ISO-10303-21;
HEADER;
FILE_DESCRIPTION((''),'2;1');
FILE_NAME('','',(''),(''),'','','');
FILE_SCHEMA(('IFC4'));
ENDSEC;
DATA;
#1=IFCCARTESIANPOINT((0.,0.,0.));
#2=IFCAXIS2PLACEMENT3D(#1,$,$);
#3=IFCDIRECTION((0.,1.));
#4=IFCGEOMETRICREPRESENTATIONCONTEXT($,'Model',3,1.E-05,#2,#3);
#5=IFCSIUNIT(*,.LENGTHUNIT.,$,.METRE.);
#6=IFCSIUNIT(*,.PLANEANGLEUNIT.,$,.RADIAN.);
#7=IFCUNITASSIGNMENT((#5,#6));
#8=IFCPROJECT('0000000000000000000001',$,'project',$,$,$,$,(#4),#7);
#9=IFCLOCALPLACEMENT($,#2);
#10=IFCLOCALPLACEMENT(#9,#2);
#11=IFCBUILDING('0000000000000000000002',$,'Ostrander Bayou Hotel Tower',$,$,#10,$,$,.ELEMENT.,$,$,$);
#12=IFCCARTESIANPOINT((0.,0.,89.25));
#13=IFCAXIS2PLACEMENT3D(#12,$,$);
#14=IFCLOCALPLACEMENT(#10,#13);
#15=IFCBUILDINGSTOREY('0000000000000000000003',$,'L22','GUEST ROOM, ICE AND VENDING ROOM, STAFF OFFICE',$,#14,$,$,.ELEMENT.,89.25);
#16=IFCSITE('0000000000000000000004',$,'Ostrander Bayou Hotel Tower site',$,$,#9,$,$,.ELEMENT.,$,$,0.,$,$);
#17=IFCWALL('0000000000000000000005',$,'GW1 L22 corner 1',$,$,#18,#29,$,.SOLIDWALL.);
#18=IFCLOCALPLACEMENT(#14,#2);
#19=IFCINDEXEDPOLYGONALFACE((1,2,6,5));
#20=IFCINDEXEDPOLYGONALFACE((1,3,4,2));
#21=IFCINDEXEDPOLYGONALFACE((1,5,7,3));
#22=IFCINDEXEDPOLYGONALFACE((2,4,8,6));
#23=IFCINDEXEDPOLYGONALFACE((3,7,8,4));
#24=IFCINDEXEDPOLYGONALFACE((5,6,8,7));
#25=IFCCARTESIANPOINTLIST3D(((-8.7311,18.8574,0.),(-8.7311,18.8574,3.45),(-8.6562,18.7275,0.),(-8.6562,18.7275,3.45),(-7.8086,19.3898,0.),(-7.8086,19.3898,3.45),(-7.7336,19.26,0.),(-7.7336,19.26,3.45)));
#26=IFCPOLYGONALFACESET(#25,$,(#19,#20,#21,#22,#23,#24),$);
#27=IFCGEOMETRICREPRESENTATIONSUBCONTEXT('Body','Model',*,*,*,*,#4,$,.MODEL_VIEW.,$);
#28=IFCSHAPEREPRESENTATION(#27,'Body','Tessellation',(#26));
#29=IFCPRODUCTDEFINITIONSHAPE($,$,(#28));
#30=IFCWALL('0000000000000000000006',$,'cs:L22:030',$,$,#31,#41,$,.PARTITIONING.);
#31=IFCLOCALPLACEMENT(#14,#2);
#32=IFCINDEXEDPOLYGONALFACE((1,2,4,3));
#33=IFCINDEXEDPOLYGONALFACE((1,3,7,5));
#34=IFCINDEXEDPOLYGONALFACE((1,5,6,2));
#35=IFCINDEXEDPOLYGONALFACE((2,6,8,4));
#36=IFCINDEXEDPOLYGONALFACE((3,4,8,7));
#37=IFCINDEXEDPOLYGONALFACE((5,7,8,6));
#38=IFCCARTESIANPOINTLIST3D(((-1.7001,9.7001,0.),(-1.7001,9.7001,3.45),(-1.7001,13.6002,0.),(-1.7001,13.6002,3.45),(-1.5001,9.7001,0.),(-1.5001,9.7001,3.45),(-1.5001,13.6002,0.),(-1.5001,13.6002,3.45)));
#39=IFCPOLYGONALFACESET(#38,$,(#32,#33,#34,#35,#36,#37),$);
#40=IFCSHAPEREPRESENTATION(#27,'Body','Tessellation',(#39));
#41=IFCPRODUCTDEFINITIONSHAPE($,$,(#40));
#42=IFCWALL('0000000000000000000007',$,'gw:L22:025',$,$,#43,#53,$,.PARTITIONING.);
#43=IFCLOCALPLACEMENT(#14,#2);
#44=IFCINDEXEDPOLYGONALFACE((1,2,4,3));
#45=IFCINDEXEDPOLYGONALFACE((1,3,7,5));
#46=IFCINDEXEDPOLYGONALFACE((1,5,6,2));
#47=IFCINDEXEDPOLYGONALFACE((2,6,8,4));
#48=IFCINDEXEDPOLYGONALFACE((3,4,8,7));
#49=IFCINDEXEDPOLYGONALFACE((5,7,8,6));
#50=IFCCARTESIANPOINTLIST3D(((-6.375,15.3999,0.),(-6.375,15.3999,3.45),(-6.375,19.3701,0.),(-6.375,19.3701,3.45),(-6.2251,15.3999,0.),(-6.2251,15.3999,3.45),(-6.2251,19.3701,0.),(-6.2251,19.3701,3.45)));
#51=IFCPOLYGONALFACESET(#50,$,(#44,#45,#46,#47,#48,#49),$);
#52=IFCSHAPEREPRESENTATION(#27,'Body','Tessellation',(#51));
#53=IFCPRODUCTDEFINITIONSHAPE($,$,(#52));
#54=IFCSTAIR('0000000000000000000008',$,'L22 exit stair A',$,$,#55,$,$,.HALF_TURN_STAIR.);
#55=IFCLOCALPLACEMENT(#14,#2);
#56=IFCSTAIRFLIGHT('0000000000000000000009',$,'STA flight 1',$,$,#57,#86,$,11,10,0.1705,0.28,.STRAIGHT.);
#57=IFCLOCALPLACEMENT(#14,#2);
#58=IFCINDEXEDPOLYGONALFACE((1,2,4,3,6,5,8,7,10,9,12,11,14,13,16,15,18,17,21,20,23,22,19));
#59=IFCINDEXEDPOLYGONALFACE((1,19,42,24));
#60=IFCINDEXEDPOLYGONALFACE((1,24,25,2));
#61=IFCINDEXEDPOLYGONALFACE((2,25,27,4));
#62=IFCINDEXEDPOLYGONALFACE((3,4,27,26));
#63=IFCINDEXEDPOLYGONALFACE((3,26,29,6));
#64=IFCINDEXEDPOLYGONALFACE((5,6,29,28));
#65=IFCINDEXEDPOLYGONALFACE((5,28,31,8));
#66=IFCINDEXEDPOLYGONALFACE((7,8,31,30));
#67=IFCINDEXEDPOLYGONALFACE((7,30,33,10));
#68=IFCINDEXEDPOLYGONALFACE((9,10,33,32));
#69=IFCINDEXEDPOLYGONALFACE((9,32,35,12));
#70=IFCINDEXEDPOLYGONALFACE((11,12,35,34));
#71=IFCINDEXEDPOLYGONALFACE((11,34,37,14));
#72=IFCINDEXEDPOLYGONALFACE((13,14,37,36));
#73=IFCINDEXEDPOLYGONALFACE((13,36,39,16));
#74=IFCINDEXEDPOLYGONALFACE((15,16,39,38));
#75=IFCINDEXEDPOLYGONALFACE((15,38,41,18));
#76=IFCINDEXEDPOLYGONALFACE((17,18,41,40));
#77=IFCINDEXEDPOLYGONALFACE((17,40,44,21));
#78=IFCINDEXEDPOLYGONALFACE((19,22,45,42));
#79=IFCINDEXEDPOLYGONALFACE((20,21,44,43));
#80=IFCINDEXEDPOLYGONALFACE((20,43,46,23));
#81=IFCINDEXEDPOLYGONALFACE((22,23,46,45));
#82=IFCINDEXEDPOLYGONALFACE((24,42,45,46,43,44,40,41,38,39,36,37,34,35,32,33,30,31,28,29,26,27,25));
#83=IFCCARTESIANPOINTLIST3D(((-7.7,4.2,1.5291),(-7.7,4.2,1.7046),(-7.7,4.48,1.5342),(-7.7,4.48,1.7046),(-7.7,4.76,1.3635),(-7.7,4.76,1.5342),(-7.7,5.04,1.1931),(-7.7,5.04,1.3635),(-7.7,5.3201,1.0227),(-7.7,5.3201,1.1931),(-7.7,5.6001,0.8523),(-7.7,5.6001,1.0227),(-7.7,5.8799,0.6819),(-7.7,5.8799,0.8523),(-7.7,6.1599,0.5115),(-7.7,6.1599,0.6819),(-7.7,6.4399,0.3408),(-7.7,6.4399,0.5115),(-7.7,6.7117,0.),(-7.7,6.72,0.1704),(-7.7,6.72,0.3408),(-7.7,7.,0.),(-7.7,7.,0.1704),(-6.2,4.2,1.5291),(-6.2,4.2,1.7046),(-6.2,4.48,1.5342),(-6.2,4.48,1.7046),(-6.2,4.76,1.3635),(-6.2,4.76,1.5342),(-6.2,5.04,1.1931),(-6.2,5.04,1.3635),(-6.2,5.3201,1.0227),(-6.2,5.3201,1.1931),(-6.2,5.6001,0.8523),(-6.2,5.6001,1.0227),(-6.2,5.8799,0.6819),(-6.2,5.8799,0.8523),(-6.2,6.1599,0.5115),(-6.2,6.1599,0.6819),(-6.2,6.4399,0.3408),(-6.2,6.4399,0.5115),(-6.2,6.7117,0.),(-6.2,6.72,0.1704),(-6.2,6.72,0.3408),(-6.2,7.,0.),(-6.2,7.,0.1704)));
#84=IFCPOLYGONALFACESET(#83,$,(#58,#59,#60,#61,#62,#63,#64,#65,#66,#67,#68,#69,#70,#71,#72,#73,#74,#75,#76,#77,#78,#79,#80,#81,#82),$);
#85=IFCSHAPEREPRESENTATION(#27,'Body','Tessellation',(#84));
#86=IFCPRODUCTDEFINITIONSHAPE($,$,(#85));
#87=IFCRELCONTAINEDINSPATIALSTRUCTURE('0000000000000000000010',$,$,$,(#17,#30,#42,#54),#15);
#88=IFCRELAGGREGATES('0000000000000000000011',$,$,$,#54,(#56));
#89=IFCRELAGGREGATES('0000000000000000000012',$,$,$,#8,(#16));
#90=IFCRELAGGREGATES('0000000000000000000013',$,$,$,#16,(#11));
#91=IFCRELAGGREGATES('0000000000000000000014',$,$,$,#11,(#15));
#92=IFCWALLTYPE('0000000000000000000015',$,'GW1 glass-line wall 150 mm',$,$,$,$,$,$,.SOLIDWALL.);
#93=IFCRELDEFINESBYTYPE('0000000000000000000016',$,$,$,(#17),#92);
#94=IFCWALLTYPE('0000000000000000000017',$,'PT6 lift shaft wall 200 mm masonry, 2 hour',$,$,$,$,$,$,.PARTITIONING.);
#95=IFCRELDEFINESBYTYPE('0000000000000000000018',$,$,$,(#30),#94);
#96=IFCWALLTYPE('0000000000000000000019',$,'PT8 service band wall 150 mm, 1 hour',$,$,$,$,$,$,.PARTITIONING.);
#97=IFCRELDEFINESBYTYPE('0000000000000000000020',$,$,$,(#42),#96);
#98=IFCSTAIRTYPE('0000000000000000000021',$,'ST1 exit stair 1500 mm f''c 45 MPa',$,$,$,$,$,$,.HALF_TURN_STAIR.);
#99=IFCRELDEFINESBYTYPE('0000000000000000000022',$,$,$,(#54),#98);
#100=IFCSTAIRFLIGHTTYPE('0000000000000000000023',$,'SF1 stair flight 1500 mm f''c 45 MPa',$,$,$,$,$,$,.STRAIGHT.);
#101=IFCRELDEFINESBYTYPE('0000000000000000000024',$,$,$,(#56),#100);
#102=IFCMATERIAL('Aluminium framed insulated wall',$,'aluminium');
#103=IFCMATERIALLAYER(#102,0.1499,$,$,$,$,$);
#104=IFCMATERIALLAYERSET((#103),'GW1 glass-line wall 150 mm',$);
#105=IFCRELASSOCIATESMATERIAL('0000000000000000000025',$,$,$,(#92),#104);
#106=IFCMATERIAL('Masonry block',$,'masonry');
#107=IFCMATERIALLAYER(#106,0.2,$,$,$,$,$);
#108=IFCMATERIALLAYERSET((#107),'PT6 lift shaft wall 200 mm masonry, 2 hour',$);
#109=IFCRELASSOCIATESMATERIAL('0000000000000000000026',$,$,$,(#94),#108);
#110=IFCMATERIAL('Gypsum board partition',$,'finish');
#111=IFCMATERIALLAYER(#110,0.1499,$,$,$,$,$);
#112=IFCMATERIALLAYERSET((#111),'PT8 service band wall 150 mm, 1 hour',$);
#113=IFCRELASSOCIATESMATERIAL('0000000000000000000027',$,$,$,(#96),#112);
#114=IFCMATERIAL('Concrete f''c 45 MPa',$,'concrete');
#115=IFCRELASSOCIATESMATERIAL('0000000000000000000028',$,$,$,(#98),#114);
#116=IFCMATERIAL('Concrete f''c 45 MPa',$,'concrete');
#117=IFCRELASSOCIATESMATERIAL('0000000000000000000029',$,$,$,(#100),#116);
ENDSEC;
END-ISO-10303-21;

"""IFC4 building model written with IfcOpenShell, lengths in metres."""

from ifc_helpers import new_model, si_unit, direction, frame, frame_2d, origin, place, context, subcontext, project, spatial, polyline, rectangle, outline, extrude, material, layer, layer_set, type_object, element, aggregate, save


model = new_model("IFC4")

# Units and contexts
model_context = context("Model", 3, precision=1e-05, world=origin(), true_north=direction((0.0, 1.0)))
body_context = subcontext(model_context, "Body", "Model", "MODEL_VIEW")
ifc_project = project(units=[si_unit("LENGTHUNIT", "METRE"), si_unit("PLANEANGLEUNIT", "RADIAN")], contexts=[model_context])

# Site, building, storey
site_placement = place(None, origin())
site = spatial("IfcSite", under=ifc_project, at=site_placement, Name="Ostrander Bayou Hotel Tower site", CompositionType="ELEMENT", RefElevation=0.0)
building_placement = place(site_placement, origin())
building = spatial("IfcBuilding", under=site, at=building_placement, Name="Ostrander Bayou Hotel Tower", CompositionType="ELEMENT")
storey_placement = place(building_placement, frame((0.0, 0.0, 89.25)))
storey = spatial("IfcBuildingStorey", under=building, at=storey_placement, Name="L22", Description="GUEST ROOM, ICE AND VENDING ROOM, STAFF OFFICE", CompositionType="ELEMENT", Elevation=89.25)

# Shared definitions
ifc_material_1 = material(Name="Aluminium framed insulated wall", Category="aluminium")
ifc_layer_1 = layer(ifc_material_1, 0.1499)
ifc_layer_set_1 = layer_set([ifc_layer_1], Name="GW1 glass-line wall 150 mm")
wall_type_1 = type_object("IfcWallType", Name="GW1 glass-line wall 150 mm", PredefinedType="SOLIDWALL", material=ifc_layer_set_1)

# Wall
wall_1_placement = place(storey_placement, frame((-7.771, 19.325, 0.0), z_axis=(0.0, 0.0, 1.0), x_axis=(-0.866105, -0.499861, 0.0)))
element("IfcWall", 1, at=wall_1_placement, inside=storey, type_object=wall_type_1, Name="GW1 L22 corner 1", PredefinedType="SOLIDWALL", context=body_context, shape_type="SweptSolid", body=[
    extrude(rectangle(XDim=1.0652, YDim=0.1499, at=frame_2d((0.5327, 0.0))), origin(), (0.0, 0.0, 1.0), 3.45),
])

# Walls
ifc_material_2 = material(Name="Masonry block", Category="masonry")
ifc_layer_2 = layer(ifc_material_2, 0.2)
ifc_layer_set_2 = layer_set([ifc_layer_2], Name="PT6 lift shaft wall 200 mm masonry, 2 hour")
wall_type_2 = type_object("IfcWallType", Name="PT6 lift shaft wall 200 mm masonry, 2 hour", PredefinedType="PARTITIONING", material=ifc_layer_set_2)
wall_2_placement = place(storey_placement, frame((-1.6001, 9.7, 0.0), z_axis=(0.0, 0.0, 1.0), x_axis=(0.0, 1.0, 0.0)))
element("IfcWall", 2, at=wall_2_placement, inside=storey, type_object=wall_type_2, Name="cs:L22:030", PredefinedType="PARTITIONING", context=body_context, shape_type="SweptSolid", body=[
    extrude(rectangle(XDim=3.9001, YDim=0.2, at=frame_2d((1.9502, 0.0))), origin(), (0.0, 0.0, 1.0), 3.45),
])
ifc_material_3 = material(Name="Gypsum board partition", Category="finish")
ifc_layer_3 = layer(ifc_material_3, 0.1499)
ifc_layer_set_3 = layer_set([ifc_layer_3], Name="PT8 service band wall 150 mm, 1 hour")
wall_type_3 = type_object("IfcWallType", Name="PT8 service band wall 150 mm, 1 hour", PredefinedType="PARTITIONING", material=ifc_layer_set_3)
wall_3_placement = place(storey_placement, frame((-6.3, 15.3999, 0.0), z_axis=(0.0, 0.0, 1.0), x_axis=(0.0, 1.0, 0.0)))
element("IfcWall", 3, at=wall_3_placement, inside=storey, type_object=wall_type_3, Name="gw:L22:025", PredefinedType="PARTITIONING", context=body_context, shape_type="SweptSolid", body=[
    extrude(rectangle(XDim=3.9702, YDim=0.1499, at=frame_2d((1.9851, 0.0))), origin(), (0.0, 0.0, 1.0), 3.45),
])

# Stair, stair flight
ifc_material_4 = material(Name="Concrete f'c 45 MPa", Category="concrete")
stair_type = type_object("IfcStairType", Name="ST1 exit stair 1500 mm f'c 45 MPa", PredefinedType="HALF_TURN_STAIR", material=ifc_material_4)
stair_placement = place(storey_placement, origin())
stair = element("IfcStair", 4, at=stair_placement, inside=storey, type_object=stair_type, Name="L22 exit stair A", PredefinedType="HALF_TURN_STAIR")
ifc_material_5 = material(Name="Concrete f'c 45 MPa", Category="concrete")
stair_flight_type = type_object("IfcStairFlightType", Name="SF1 stair flight 1500 mm f'c 45 MPa", PredefinedType="STRAIGHT", material=ifc_material_5)
stair_flight_placement = place(storey_placement, frame((-6.95, 7.0, 0.0), z_axis=(0.0, 0.0, 1.0), x_axis=(0.0, -1.0, 0.0)))
stair_flight = element("IfcStairFlight", 5, at=stair_flight_placement, type_object=stair_flight_type, Name="STA flight 1", NumberOfRisers=11, NumberOfTreads=10, PredefinedType="STRAIGHT", RiserHeight=0.1705, TreadLength=0.28, context=body_context, shape_type="SweptSolid", body=[
    extrude(outline(polyline([(0.0, 0.0), (0.0, 0.1704), (0.28, 0.1704), (0.28, 0.3408), (0.5601, 0.3408), (0.5601, 0.5115), (0.8401, 0.5115), (0.8401, 0.6819), (1.1201, 0.6819), (1.1201, 0.8523), (1.3999, 0.8523), (1.3999, 1.0227), (1.6799, 1.0227), (1.6799, 1.1931), (1.96, 1.1931), (1.96, 1.3635), (2.24, 1.3635), (2.24, 1.5342), (2.52, 1.5342), (2.52, 1.7046), (2.8, 1.7046), (2.8, 1.875), (2.8, 1.5291), (0.2883, 0.0), (0.0, 0.0)])), frame((0.0, 0.75, 0.0), z_axis=(0.0, -1.0, 0.0), x_axis=(1.0, 0.0, 0.0)), (0.0, 0.0, 1.0), 1.5),
])
aggregate(stair, [stair_flight])

save(model, "model.ifc")
